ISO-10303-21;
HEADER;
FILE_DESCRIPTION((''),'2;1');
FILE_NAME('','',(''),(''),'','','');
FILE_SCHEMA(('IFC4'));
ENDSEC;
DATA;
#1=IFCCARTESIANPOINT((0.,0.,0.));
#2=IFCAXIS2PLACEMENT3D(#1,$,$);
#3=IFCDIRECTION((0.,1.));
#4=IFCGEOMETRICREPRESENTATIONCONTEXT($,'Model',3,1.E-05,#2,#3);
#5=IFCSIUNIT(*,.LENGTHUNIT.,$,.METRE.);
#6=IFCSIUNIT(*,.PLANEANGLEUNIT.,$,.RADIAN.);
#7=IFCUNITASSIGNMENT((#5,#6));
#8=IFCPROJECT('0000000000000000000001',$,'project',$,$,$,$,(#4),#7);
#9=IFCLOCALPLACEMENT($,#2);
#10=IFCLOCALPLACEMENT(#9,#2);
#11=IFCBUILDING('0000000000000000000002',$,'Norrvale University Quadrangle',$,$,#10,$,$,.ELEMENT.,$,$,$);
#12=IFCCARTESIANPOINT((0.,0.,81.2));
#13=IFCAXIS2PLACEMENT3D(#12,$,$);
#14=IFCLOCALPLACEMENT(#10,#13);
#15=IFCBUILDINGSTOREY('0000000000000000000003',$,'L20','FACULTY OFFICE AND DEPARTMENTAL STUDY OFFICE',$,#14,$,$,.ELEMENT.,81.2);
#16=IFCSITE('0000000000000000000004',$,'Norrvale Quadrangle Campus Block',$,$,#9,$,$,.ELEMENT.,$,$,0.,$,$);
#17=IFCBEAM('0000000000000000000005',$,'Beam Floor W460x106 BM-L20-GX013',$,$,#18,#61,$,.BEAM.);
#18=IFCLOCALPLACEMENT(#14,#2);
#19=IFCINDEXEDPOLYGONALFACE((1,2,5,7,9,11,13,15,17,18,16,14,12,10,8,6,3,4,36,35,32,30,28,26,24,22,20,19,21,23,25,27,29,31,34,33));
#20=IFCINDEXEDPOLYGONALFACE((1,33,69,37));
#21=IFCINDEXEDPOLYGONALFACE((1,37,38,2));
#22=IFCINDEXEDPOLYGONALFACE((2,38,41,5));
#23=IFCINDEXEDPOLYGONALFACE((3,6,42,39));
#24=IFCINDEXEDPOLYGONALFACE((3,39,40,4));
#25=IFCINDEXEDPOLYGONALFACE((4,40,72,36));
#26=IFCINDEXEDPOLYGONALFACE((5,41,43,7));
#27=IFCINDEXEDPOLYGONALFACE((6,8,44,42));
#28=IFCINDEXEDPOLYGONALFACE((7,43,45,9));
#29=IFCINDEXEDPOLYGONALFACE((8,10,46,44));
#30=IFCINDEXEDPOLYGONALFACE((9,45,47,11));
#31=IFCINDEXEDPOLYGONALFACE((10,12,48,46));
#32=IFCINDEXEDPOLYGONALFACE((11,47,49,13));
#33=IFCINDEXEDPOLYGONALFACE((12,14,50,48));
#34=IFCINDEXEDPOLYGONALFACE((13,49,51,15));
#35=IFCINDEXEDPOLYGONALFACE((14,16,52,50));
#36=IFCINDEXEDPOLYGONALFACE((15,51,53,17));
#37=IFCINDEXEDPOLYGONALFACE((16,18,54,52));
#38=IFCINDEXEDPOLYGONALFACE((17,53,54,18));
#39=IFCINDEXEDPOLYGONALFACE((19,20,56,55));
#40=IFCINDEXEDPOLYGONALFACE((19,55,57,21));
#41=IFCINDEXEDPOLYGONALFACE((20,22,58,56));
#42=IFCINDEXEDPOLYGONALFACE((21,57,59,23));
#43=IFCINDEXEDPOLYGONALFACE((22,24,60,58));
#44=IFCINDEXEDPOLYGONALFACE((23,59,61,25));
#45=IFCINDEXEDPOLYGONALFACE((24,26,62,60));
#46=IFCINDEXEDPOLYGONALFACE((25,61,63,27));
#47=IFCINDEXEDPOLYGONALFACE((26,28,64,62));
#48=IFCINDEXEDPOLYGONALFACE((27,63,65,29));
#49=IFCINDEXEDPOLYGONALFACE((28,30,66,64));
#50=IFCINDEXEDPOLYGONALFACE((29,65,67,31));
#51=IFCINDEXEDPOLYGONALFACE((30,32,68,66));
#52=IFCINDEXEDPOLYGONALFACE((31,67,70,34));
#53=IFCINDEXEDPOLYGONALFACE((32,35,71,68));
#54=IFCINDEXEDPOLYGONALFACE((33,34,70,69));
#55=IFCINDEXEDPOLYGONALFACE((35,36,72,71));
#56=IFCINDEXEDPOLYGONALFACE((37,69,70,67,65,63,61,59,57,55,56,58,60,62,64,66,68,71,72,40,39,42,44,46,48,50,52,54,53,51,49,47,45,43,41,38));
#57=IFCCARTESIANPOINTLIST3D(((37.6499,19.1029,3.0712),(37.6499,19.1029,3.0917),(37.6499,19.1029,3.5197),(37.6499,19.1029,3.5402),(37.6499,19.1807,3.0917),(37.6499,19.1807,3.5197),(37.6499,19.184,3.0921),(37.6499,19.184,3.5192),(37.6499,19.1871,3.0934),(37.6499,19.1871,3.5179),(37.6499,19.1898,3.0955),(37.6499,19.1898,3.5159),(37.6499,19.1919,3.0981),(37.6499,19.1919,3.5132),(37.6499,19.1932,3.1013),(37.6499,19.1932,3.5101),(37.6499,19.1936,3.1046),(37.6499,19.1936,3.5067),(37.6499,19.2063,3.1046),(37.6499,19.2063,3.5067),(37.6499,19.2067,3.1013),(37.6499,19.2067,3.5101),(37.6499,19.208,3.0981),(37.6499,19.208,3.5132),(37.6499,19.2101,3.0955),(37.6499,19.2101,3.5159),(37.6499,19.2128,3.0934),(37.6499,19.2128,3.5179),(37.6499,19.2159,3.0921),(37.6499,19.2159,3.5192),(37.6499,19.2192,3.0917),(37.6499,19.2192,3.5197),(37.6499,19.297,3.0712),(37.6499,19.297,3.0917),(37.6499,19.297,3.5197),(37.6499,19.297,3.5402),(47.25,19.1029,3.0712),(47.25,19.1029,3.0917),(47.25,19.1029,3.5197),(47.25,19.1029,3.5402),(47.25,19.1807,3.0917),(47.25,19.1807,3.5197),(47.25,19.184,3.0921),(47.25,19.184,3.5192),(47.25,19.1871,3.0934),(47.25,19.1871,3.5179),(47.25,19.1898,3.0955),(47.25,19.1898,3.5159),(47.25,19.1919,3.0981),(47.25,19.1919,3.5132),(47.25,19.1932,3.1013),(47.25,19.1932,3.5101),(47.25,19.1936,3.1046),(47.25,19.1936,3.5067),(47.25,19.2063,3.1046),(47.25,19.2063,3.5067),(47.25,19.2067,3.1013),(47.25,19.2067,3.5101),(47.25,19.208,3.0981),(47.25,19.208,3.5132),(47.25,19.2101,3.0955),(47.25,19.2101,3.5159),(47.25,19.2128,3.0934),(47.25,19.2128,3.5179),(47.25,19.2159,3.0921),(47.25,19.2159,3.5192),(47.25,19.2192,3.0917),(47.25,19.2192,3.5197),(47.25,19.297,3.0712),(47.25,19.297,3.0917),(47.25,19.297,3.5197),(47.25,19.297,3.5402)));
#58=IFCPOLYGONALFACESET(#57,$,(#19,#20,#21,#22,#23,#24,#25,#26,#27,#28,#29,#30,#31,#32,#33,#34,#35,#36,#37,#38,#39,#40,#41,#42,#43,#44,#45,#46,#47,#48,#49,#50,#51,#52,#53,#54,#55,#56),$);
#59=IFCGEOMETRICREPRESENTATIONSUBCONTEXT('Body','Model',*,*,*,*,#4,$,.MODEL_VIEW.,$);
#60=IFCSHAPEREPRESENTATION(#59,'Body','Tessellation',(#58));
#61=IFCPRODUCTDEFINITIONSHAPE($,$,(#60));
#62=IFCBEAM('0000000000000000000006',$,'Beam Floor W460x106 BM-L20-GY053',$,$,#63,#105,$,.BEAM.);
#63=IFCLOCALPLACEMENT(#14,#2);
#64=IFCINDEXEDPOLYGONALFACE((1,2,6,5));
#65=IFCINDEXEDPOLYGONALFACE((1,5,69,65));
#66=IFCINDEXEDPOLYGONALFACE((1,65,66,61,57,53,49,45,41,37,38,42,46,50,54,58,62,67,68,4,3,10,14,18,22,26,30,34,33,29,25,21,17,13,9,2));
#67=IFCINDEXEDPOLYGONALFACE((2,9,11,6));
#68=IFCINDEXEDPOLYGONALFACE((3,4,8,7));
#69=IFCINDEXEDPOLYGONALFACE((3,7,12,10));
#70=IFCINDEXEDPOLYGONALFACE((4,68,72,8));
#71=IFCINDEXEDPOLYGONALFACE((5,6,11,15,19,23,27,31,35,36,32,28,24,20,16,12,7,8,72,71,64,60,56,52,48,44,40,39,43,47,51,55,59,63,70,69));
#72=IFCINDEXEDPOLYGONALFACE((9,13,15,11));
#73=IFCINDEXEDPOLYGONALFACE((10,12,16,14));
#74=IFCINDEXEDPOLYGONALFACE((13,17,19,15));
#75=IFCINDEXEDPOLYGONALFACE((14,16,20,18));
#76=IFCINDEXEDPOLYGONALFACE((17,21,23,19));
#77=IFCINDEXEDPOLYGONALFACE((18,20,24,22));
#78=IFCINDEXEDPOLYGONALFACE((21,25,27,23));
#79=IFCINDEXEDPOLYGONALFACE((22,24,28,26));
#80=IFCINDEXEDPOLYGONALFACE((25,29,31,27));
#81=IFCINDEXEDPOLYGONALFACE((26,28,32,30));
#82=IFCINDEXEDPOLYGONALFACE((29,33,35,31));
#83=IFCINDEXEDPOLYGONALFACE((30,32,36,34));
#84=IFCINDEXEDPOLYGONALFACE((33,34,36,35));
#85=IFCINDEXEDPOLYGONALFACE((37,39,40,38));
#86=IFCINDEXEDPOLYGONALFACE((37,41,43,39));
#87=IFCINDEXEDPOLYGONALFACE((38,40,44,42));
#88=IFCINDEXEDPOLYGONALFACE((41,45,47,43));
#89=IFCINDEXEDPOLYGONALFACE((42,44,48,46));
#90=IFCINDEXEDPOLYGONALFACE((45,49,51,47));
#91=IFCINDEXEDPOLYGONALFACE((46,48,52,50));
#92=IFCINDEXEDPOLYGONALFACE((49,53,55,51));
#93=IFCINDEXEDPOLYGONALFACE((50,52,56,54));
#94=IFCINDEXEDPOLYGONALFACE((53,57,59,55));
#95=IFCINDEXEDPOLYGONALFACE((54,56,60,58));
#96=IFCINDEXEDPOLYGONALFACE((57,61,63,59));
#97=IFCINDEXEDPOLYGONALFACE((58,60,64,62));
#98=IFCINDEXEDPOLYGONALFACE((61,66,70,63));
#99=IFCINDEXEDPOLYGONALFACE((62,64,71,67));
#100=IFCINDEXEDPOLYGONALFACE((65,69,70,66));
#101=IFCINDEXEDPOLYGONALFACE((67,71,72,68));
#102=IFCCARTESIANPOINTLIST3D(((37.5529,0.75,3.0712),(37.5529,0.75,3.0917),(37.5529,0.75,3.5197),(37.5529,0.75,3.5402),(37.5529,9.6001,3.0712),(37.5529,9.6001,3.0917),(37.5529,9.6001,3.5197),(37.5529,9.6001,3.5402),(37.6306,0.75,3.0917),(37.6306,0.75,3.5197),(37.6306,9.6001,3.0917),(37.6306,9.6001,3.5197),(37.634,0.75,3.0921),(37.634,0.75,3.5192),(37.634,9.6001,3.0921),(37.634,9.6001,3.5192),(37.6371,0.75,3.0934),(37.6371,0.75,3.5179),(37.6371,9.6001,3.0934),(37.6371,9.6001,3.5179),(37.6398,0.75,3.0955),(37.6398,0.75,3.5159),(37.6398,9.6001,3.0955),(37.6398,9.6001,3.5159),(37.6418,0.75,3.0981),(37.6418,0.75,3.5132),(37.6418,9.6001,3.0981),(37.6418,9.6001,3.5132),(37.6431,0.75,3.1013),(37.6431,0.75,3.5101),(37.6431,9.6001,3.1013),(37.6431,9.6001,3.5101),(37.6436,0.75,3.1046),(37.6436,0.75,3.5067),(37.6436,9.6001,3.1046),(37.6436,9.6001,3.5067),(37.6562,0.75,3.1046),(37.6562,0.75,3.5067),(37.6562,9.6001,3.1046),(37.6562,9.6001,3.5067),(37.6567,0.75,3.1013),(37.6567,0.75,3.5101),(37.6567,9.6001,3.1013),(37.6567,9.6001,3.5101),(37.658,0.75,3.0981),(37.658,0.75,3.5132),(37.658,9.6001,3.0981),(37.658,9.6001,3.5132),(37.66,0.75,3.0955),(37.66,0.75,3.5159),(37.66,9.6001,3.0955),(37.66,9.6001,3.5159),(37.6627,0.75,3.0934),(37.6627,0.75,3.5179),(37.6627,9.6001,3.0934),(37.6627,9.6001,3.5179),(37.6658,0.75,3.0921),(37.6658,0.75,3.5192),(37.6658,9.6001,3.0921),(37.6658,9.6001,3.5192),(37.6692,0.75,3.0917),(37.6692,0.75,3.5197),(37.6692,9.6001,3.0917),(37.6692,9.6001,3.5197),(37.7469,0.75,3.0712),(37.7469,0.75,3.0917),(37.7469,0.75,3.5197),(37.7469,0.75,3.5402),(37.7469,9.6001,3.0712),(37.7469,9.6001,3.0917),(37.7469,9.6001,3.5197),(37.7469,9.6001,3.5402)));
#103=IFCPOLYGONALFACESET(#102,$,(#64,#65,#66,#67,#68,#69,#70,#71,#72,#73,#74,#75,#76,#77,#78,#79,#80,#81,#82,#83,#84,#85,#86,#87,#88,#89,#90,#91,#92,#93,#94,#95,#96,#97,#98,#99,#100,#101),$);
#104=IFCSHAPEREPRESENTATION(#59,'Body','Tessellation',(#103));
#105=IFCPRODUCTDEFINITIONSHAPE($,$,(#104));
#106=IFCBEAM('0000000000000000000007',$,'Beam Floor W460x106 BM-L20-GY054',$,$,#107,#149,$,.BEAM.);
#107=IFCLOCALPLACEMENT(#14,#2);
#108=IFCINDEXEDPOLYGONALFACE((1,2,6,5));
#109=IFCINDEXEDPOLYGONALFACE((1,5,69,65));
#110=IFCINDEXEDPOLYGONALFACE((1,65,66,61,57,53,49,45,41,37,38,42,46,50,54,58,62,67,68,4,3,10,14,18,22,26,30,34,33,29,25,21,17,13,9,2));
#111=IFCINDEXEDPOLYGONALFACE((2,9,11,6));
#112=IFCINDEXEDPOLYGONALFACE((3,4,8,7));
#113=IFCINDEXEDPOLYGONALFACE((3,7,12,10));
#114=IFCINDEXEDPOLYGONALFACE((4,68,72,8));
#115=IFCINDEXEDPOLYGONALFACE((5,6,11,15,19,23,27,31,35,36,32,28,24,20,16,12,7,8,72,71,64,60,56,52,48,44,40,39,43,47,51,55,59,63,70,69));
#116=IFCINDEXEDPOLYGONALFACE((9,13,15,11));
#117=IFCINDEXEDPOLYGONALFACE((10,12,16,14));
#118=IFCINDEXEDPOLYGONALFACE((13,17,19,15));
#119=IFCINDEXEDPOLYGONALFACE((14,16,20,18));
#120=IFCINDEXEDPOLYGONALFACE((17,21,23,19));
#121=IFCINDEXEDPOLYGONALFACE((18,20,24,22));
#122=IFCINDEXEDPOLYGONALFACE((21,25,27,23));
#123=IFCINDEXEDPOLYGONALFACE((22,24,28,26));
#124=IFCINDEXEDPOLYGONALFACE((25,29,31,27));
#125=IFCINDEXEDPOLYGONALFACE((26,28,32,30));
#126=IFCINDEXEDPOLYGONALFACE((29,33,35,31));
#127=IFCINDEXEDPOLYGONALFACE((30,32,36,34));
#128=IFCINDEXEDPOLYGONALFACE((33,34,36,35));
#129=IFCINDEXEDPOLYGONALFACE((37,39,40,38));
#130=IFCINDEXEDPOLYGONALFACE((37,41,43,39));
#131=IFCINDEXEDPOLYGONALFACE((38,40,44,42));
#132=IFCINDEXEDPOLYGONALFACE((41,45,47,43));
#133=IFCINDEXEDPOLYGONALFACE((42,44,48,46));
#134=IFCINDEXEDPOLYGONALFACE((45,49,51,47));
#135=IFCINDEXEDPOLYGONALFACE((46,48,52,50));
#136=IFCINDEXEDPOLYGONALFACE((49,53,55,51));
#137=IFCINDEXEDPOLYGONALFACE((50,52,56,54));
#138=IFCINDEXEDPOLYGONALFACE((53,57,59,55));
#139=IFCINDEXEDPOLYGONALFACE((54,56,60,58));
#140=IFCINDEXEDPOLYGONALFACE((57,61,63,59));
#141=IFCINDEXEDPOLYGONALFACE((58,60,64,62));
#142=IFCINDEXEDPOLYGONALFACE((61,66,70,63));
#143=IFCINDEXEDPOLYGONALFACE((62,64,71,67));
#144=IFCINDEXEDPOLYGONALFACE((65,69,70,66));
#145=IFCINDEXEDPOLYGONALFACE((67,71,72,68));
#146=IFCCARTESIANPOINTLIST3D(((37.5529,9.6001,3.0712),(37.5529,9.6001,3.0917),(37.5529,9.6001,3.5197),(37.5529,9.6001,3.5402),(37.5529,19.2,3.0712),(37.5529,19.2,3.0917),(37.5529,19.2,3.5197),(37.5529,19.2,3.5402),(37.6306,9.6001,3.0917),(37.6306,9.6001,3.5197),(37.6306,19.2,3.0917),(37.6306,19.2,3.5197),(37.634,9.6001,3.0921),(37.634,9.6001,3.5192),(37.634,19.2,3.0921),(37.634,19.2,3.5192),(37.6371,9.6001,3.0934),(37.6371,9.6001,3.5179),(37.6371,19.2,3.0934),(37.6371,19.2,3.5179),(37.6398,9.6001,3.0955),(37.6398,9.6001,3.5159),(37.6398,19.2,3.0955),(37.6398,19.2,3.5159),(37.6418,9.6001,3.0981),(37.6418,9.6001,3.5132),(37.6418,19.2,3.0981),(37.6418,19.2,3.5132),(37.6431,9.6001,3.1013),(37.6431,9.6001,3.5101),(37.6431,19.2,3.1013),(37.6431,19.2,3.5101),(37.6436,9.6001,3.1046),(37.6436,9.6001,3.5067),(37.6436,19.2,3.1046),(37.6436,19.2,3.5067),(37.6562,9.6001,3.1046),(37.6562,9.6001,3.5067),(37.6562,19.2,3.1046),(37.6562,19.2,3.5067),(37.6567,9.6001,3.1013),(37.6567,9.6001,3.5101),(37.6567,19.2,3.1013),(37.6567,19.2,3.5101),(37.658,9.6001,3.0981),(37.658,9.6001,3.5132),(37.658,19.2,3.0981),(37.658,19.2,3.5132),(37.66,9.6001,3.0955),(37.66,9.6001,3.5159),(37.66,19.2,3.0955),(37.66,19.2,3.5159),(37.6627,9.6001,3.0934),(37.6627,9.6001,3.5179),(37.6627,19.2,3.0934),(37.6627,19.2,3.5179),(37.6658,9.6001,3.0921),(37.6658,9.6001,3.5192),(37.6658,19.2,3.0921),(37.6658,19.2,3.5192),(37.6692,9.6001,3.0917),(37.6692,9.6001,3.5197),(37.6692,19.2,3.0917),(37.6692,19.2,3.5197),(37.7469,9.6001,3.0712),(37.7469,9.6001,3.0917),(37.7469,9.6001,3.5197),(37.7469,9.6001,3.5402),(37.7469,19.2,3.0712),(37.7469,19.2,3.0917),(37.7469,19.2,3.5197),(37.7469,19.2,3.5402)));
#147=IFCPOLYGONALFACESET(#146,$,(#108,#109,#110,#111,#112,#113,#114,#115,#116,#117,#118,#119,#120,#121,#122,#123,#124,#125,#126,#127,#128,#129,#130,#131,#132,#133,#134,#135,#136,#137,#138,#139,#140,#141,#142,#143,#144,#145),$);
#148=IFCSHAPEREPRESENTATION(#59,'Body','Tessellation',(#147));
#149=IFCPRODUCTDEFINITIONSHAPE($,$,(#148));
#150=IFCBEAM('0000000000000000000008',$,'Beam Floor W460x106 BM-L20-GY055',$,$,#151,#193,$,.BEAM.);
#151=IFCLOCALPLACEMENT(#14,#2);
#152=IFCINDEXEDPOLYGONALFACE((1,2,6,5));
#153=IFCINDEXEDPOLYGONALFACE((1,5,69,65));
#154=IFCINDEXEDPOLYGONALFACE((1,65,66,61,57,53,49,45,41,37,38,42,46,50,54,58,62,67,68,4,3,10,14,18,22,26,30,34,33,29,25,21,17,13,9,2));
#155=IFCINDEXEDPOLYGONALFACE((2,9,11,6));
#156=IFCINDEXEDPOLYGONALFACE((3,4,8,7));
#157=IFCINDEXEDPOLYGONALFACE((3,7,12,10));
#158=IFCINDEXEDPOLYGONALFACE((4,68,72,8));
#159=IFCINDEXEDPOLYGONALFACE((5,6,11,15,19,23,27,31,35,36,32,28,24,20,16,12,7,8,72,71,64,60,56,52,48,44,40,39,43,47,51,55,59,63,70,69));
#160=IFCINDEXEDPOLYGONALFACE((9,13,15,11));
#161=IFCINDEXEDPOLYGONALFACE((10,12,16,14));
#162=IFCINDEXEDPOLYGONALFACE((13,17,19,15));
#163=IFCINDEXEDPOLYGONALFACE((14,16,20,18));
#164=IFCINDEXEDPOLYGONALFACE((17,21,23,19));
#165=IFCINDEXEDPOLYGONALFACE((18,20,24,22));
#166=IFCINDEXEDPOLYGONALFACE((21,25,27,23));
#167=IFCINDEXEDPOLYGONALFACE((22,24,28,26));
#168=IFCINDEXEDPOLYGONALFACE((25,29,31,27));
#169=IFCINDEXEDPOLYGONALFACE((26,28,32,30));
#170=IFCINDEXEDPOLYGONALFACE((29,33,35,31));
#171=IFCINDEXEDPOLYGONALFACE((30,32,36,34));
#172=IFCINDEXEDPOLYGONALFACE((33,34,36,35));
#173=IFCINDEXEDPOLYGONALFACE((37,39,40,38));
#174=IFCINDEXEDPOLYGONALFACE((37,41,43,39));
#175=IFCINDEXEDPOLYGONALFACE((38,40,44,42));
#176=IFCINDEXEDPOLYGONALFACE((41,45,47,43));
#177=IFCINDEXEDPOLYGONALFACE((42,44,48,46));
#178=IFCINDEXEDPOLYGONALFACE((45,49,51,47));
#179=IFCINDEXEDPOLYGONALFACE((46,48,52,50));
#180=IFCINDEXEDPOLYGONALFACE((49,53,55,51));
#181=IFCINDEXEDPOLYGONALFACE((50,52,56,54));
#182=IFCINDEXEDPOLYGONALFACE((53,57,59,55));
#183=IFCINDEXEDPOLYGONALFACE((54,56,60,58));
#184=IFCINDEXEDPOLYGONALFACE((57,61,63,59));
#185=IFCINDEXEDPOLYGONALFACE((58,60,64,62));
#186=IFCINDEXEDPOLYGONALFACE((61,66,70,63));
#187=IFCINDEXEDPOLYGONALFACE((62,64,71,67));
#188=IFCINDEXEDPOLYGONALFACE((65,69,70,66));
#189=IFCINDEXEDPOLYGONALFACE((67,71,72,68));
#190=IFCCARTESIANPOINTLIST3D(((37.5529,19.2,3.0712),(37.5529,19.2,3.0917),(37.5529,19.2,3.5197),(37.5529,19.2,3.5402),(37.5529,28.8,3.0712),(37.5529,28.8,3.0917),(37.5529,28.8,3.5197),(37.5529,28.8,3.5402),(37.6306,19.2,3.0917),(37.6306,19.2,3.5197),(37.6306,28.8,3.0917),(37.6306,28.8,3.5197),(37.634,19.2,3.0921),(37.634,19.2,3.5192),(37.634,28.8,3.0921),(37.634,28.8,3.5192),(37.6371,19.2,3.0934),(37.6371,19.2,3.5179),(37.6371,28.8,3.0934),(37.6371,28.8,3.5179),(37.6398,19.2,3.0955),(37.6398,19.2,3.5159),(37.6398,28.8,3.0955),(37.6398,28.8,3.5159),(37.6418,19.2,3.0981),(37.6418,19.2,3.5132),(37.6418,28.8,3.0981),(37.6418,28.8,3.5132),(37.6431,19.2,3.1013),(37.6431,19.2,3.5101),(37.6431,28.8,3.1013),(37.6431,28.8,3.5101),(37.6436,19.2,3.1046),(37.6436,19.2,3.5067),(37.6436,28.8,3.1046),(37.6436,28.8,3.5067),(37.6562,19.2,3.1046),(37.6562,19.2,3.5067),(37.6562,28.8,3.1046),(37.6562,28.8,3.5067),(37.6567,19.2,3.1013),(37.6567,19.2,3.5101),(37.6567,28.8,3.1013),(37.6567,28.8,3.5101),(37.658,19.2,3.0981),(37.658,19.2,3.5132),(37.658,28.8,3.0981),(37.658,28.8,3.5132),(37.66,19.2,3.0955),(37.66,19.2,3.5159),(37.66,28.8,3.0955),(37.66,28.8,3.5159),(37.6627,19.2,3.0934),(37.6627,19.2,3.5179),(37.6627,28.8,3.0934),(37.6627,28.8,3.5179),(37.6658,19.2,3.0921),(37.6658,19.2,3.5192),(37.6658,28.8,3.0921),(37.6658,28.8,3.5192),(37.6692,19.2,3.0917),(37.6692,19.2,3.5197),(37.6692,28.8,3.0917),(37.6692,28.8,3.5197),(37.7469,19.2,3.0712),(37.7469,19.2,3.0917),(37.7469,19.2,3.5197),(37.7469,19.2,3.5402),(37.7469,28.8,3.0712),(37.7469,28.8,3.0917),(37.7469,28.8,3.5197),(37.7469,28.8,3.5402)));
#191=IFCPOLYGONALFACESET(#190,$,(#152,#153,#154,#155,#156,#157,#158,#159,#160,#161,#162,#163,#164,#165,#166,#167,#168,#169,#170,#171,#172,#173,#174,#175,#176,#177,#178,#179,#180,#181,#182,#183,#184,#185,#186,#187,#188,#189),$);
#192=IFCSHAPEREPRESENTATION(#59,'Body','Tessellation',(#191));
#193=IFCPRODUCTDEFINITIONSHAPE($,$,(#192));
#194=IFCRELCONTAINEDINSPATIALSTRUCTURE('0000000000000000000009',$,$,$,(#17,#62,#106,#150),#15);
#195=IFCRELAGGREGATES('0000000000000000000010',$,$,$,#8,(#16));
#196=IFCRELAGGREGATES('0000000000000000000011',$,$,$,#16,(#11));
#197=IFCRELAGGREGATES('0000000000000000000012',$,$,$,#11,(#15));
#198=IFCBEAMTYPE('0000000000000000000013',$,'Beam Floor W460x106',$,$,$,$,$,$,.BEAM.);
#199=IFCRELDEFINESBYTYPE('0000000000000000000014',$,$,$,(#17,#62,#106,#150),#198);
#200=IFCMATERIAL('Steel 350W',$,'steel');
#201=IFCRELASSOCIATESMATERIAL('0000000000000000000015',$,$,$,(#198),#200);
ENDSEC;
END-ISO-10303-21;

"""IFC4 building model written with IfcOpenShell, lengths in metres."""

from ifc_helpers import new_model, si_unit, direction, frame, origin, origin_2d, place, context, subcontext, project, spatial, i_section, extrude, material, material_profile, profile_set, type_object, element, save


model = new_model("IFC4")

# Units and contexts
model_context = context("Model", 3, precision=1e-05, world=origin(), true_north=direction((0.0, 1.0)))
body_context = subcontext(model_context, "Body", "Model", "MODEL_VIEW")
ifc_project = project(units=[si_unit("LENGTHUNIT", "METRE"), si_unit("PLANEANGLEUNIT", "RADIAN")], contexts=[model_context])

# Site, building, storey
site_placement = place(None, origin())
site = spatial("IfcSite", under=ifc_project, at=site_placement, Name="Norrvale Quadrangle Campus Block", CompositionType="ELEMENT", RefElevation=0.0)
building_placement = place(site_placement, origin())
building = spatial("IfcBuilding", under=site, at=building_placement, Name="Norrvale University Quadrangle", CompositionType="ELEMENT")
storey_placement = place(building_placement, frame((0.0, 0.0, 81.2)))
storey = spatial("IfcBuildingStorey", under=building, at=storey_placement, Name="L20", Description="FACULTY OFFICE AND DEPARTMENTAL STUDY OFFICE", CompositionType="ELEMENT", Elevation=81.2)

# Beams
ifc_material_1 = material(Name="Steel 350W", Category="steel")
ifc_material_profile_1 = material_profile(ifc_material_1, i_section(OverallWidth=0.1941, OverallDepth=0.469, WebThickness=0.0127, FlangeThickness=0.0205, FilletRadius=0.0129, at=origin_2d()), Name="Steel 350W")
ifc_profile_set_1 = profile_set([ifc_material_profile_1], Name="Steel 350W")
beam_type_1 = type_object("IfcBeamType", Name="Beam Floor W460x106", PredefinedType="BEAM", material=ifc_profile_set_1)
for number, where, z_axis, x_axis, name in (
    (1, (37.6499, 19.2, 3.3057), (1.0, 0.0, 0.0), (0.0, 1.0, 0.0), "Beam Floor W460x106 BM-L20-GX013"),
):
    element("IfcBeam", number, at=place(storey_placement, frame(where, z_axis=z_axis, x_axis=x_axis)), inside=storey, type_object=beam_type_1, Name=name, PredefinedType="BEAM", context=body_context, shape_type="SweptSolid", body=[
        extrude(i_section(OverallWidth=0.1941, OverallDepth=0.469, WebThickness=0.0127, FlangeThickness=0.0205, FilletRadius=0.0129, at=origin_2d()), origin(), (0.0, 0.0, 1.0), 9.6001),
    ])
beam_1_placement = place(storey_placement, frame((37.6499, 0.75, 3.3057), z_axis=(0.0, 1.0, 0.0), x_axis=(-1.0, 0.0, 0.0)))
element("IfcBeam", 2, at=beam_1_placement, inside=storey, type_object=beam_type_1, Name="Beam Floor W460x106 BM-L20-GY053", PredefinedType="BEAM", context=body_context, shape_type="SweptSolid", body=[
    extrude(i_section(OverallWidth=0.1941, OverallDepth=0.469, WebThickness=0.0127, FlangeThickness=0.0205, FilletRadius=0.0129, at=origin_2d()), origin(), (0.0, 0.0, 1.0), 8.8501),
])
beam_2_placement = place(storey_placement, frame((37.6499, 9.6001, 3.3057), z_axis=(0.0, 1.0, 0.0), x_axis=(-1.0, 0.0, 0.0)))
element("IfcBeam", 3, at=beam_2_placement, inside=storey, type_object=beam_type_1, Name="Beam Floor W460x106 BM-L20-GY054", PredefinedType="BEAM", context=body_context, shape_type="SweptSolid", body=[
    extrude(i_section(OverallWidth=0.1941, OverallDepth=0.469, WebThickness=0.0127, FlangeThickness=0.0205, FilletRadius=0.0129, at=origin_2d()), origin(), (0.0, 0.0, 1.0), 9.5999),
])
beam_3_placement = place(storey_placement, frame((37.6499, 19.2, 3.3057), z_axis=(0.0, 1.0, 0.0), x_axis=(-1.0, 0.0, 0.0)))
element("IfcBeam", 4, at=beam_3_placement, inside=storey, type_object=beam_type_1, Name="Beam Floor W460x106 BM-L20-GY055", PredefinedType="BEAM", context=body_context, shape_type="SweptSolid", body=[
    extrude(i_section(OverallWidth=0.1941, OverallDepth=0.469, WebThickness=0.0127, FlangeThickness=0.0205, FilletRadius=0.0129, at=origin_2d()), origin(), (0.0, 0.0, 1.0), 9.6001),
])

save(model, "model.ifc")
